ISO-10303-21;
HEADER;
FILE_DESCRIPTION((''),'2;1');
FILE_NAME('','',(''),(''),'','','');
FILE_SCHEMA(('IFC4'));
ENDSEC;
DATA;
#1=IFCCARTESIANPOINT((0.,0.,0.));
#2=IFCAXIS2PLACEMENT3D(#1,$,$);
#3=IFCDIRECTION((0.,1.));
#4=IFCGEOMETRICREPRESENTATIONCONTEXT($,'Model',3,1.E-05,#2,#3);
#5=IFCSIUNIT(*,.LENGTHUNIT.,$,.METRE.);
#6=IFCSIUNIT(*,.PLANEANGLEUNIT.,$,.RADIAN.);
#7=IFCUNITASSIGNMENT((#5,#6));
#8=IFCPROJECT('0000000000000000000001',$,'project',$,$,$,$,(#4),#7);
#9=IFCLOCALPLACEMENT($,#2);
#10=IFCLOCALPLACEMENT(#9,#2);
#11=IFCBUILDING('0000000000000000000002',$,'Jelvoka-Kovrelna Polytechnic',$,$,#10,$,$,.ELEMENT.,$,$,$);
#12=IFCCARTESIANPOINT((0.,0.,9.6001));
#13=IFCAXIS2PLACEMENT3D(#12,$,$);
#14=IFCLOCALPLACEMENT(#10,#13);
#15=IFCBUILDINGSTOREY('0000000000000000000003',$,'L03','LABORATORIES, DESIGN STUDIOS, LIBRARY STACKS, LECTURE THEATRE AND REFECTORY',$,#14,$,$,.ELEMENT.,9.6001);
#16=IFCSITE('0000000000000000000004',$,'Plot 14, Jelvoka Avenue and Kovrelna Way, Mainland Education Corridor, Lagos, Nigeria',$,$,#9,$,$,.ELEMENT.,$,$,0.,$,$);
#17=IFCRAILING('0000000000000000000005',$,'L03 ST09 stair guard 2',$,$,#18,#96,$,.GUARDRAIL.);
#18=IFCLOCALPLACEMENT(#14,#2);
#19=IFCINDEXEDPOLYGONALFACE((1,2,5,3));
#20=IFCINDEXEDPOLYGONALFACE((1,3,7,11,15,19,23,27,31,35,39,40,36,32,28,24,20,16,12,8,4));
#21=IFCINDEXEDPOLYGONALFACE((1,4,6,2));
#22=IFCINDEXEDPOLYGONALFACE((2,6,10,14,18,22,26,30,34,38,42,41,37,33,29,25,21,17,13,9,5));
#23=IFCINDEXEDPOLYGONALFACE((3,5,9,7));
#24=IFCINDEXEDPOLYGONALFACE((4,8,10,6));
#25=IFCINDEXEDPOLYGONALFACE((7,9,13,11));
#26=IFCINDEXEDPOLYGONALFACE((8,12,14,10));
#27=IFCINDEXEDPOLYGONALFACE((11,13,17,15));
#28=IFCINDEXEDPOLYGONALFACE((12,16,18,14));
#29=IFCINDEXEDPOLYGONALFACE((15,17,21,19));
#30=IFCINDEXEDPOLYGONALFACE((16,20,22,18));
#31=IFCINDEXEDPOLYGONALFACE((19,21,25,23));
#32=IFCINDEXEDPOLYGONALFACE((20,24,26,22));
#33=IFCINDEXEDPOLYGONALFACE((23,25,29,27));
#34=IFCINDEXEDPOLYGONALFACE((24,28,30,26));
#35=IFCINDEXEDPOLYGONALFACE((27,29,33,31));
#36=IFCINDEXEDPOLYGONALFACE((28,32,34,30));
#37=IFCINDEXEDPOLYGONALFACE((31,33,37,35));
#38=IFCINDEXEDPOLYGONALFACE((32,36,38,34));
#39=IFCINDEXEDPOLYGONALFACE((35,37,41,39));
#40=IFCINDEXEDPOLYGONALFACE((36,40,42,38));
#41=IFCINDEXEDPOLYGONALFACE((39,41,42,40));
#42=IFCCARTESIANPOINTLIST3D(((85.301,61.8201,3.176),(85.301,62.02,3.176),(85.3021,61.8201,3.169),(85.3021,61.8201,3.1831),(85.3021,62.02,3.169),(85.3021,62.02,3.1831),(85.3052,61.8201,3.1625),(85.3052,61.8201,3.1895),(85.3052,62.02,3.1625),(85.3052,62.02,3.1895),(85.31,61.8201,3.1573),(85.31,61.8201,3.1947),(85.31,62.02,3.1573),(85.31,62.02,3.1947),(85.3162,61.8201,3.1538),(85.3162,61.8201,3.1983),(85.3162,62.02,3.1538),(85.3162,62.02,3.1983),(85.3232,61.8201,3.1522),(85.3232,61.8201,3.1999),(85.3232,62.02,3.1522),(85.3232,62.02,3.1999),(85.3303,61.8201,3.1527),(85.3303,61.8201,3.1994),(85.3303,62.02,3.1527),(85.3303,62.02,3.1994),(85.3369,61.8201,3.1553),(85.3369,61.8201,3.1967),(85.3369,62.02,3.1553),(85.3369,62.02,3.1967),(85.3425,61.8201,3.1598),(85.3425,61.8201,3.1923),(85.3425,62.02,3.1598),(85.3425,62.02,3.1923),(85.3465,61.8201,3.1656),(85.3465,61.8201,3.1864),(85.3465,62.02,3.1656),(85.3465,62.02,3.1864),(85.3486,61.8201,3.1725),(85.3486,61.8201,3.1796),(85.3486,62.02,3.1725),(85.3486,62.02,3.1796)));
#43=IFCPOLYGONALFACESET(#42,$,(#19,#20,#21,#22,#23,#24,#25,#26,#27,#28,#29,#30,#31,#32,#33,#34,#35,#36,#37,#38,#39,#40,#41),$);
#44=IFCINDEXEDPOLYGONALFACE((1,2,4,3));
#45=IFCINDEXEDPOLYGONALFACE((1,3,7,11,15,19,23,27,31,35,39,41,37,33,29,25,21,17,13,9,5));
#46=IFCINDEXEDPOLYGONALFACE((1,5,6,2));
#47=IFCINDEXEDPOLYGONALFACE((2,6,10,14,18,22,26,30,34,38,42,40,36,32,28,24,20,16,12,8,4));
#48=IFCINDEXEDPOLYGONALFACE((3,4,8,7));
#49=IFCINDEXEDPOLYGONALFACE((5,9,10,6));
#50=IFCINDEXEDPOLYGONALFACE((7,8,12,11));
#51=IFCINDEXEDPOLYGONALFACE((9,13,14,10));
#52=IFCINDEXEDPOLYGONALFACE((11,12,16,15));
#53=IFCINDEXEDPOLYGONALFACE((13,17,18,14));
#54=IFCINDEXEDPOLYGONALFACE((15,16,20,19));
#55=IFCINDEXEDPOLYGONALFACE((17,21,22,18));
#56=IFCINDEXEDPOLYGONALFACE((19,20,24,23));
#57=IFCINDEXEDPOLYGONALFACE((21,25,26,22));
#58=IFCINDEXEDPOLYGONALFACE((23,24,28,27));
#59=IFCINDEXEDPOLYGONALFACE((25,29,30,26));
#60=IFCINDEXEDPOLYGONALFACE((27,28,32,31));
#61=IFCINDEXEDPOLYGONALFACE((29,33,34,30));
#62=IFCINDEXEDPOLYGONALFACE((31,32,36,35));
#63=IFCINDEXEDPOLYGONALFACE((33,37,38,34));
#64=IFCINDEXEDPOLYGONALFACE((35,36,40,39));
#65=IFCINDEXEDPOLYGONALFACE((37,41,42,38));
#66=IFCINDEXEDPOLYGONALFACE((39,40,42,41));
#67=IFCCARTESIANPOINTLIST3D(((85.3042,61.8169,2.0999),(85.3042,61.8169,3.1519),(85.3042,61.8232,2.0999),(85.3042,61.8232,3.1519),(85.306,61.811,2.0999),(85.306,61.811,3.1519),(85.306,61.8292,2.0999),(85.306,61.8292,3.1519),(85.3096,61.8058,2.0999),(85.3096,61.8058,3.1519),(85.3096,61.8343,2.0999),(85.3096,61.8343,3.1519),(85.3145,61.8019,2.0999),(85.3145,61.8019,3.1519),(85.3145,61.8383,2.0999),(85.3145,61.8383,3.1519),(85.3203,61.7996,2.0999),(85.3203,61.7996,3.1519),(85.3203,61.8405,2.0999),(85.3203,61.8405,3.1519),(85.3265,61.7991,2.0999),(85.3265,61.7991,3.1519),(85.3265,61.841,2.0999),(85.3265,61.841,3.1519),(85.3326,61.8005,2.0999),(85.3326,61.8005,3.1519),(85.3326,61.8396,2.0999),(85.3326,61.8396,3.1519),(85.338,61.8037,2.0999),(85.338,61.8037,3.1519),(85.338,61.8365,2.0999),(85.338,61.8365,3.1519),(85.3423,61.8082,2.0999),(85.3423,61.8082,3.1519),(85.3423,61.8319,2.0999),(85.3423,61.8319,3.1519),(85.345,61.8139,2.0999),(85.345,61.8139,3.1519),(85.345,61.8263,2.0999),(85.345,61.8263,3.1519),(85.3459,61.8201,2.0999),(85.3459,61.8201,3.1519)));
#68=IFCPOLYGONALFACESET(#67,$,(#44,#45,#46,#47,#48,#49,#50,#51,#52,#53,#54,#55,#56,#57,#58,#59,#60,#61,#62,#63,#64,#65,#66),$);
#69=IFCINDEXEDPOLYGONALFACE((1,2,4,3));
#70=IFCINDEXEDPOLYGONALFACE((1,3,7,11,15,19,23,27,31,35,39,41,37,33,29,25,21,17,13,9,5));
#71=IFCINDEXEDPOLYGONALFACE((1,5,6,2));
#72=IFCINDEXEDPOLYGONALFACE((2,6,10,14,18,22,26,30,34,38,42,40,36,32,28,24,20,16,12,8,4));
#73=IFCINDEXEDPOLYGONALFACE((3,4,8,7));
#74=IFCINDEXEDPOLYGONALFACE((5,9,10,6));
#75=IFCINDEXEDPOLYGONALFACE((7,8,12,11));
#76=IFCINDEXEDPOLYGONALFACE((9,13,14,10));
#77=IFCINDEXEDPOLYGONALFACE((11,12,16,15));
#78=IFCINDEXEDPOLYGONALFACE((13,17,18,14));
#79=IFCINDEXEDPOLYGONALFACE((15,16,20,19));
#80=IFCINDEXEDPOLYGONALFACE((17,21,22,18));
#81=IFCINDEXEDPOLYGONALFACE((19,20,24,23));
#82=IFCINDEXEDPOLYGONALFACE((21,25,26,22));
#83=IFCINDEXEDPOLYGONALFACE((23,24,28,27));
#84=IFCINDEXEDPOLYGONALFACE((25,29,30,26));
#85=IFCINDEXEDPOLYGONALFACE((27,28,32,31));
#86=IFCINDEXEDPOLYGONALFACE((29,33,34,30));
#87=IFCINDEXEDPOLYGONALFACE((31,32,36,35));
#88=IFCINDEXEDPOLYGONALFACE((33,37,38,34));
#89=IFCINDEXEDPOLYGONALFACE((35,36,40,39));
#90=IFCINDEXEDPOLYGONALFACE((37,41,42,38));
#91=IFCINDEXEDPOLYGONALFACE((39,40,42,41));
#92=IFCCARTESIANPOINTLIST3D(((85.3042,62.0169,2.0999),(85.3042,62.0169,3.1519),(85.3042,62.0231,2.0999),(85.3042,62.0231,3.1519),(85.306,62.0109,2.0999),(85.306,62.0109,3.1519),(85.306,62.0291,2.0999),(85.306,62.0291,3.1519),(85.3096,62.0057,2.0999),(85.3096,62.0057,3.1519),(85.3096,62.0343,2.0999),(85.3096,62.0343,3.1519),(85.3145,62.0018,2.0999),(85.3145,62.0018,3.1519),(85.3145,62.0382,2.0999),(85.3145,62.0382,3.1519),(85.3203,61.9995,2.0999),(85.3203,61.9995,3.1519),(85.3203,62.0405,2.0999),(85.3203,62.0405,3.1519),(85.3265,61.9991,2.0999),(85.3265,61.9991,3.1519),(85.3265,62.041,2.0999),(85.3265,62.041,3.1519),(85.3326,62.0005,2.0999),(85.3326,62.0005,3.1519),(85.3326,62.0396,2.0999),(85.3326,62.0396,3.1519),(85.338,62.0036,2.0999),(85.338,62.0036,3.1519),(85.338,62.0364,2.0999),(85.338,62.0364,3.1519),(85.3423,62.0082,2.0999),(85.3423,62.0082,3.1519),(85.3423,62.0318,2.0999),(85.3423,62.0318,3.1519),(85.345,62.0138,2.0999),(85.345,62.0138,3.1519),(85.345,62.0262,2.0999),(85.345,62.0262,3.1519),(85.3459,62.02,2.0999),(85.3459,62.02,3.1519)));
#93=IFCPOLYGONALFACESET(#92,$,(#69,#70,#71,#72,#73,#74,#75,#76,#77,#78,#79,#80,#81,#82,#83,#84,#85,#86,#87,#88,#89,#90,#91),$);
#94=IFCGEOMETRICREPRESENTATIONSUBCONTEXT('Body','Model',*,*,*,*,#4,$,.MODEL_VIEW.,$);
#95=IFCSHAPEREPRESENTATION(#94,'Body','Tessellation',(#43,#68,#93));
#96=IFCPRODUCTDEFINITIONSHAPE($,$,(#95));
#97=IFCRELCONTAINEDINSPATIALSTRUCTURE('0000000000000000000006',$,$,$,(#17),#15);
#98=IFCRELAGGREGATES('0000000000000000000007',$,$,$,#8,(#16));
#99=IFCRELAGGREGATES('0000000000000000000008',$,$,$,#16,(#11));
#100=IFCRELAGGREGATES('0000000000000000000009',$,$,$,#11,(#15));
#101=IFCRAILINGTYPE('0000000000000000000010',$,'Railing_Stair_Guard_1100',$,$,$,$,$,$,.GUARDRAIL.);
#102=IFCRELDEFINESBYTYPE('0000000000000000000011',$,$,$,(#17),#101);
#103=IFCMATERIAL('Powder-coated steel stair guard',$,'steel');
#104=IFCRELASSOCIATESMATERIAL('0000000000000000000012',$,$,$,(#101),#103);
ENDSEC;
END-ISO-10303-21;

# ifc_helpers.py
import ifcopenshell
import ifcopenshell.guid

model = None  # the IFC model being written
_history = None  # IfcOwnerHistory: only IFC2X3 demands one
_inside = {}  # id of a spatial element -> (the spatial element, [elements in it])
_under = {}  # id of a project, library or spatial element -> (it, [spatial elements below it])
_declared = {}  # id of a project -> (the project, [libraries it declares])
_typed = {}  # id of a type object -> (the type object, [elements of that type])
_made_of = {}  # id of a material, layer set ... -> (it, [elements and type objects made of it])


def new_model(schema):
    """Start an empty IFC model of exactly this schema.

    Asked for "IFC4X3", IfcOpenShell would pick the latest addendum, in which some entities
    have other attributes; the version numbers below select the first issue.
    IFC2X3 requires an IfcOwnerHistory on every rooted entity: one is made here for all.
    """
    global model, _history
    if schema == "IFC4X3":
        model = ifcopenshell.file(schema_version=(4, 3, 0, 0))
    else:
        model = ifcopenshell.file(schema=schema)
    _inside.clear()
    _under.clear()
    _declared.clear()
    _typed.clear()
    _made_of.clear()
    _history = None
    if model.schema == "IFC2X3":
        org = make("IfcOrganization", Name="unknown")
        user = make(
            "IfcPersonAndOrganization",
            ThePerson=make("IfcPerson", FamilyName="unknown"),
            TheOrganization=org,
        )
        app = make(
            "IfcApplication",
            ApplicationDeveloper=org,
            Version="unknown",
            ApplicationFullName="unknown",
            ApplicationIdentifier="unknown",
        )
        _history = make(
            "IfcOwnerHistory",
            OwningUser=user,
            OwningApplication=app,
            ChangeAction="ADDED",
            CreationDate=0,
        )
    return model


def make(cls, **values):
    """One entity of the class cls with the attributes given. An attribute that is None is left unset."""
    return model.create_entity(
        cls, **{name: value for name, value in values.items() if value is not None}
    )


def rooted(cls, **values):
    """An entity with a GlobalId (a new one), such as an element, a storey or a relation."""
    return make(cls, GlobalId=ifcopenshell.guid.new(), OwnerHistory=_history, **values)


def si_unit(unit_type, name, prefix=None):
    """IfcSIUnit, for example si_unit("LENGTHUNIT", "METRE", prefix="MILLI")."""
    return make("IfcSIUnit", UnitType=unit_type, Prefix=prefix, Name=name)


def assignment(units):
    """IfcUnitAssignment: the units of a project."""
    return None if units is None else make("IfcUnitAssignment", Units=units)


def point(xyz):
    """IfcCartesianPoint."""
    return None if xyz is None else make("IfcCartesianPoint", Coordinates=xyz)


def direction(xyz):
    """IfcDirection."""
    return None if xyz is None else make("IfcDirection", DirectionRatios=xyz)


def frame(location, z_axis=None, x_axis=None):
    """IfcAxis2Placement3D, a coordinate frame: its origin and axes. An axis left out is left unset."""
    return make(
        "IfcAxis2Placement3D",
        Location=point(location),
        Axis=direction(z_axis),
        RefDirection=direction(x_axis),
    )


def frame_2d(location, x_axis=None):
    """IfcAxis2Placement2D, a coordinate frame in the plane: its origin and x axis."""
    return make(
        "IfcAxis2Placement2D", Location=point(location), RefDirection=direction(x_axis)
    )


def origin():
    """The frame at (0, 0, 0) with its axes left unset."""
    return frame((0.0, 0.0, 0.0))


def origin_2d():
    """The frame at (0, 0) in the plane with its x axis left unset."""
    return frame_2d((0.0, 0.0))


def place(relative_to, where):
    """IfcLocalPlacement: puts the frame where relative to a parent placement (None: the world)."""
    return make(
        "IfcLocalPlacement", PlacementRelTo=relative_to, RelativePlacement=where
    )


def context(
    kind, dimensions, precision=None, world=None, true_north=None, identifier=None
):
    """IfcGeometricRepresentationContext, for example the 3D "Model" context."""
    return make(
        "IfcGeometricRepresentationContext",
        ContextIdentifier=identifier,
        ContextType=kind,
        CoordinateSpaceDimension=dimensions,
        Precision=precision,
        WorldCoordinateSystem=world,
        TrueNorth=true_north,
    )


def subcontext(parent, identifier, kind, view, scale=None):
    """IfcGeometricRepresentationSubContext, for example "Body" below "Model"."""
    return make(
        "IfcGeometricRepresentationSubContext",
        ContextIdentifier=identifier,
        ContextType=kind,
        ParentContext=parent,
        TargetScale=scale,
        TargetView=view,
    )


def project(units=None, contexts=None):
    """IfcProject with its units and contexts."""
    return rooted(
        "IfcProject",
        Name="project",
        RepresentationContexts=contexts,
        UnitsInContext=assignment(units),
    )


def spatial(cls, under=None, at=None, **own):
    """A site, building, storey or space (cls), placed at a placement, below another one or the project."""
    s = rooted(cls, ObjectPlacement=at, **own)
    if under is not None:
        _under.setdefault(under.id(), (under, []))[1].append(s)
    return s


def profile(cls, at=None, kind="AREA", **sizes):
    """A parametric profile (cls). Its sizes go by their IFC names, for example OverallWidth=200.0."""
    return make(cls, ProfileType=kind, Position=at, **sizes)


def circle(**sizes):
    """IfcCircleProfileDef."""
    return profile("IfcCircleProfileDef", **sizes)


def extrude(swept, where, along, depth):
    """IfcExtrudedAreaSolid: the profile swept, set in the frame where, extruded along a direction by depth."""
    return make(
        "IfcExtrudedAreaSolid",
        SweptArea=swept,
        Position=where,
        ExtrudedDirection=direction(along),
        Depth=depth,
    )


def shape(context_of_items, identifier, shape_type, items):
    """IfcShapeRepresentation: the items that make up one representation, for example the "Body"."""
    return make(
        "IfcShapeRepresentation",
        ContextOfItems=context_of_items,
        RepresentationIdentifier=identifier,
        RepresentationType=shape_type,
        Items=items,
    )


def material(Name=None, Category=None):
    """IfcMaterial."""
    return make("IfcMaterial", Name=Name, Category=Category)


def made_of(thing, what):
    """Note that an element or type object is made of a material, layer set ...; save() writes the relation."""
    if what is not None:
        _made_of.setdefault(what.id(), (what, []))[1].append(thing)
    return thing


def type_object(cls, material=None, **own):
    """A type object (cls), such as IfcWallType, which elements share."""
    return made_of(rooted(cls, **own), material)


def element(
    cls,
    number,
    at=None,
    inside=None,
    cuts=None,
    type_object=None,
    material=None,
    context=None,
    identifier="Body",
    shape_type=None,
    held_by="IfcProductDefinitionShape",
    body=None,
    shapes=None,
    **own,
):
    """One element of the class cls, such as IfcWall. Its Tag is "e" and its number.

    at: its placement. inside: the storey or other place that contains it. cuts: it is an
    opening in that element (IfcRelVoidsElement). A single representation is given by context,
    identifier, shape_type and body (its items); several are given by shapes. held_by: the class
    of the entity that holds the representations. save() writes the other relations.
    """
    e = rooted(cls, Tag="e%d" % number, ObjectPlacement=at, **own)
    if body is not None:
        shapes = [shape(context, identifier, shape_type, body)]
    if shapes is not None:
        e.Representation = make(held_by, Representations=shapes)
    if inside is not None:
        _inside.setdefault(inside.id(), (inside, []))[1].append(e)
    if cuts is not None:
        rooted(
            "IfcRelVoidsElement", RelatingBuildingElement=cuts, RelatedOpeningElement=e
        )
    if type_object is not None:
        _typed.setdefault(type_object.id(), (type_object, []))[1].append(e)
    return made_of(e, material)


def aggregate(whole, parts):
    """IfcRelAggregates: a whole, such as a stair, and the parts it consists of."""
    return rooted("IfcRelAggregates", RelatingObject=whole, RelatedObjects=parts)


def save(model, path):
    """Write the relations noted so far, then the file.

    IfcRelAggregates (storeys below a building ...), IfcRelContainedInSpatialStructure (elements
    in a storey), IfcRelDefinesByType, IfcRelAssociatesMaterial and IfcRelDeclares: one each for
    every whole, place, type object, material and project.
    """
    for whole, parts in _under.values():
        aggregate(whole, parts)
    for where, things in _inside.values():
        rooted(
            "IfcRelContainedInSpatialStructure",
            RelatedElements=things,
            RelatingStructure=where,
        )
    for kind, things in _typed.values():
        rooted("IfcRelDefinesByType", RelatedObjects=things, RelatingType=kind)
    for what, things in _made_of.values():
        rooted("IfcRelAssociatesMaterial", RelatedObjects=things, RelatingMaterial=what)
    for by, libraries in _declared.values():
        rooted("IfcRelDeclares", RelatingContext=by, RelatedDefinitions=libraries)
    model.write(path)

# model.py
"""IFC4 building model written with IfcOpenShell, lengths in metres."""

from ifc_helpers import new_model, si_unit, direction, frame, origin, origin_2d, place, context, subcontext, project, spatial, circle, extrude, material, type_object, element, save


model = new_model("IFC4")

# Units and contexts
model_context = context("Model", 3, precision=1e-05, world=origin(), true_north=direction((0.0, 1.0)))
body_context = subcontext(model_context, "Body", "Model", "MODEL_VIEW")
ifc_project = project(units=[si_unit("LENGTHUNIT", "METRE"), si_unit("PLANEANGLEUNIT", "RADIAN")], contexts=[model_context])

# Site, building, storey
site_placement = place(None, origin())
site = spatial("IfcSite", under=ifc_project, at=site_placement, Name="Plot 14, Jelvoka Avenue and Kovrelna Way, Mainland Education Corridor, Lagos, Nigeria", CompositionType="ELEMENT", RefElevation=0.0)
building_placement = place(site_placement, origin())
building = spatial("IfcBuilding", under=site, at=building_placement, Name="Jelvoka-Kovrelna Polytechnic", CompositionType="ELEMENT")
storey_placement = place(building_placement, frame((0.0, 0.0, 9.6001)))
storey = spatial("IfcBuildingStorey", under=building, at=storey_placement, Name="L03", Description="LABORATORIES, DESIGN STUDIOS, LIBRARY STACKS, LECTURE THEATRE AND REFECTORY", CompositionType="ELEMENT", Elevation=9.6001)

# Railing
ifc_material_1 = material(Name="Powder-coated steel stair guard", Category="steel")
railing_type_1 = type_object("IfcRailingType", Name="Railing_Stair_Guard_1100", PredefinedType="GUARDRAIL", material=ifc_material_1)
railing_1_placement = place(storey_placement, frame((85.325, 61.8201, 2.0999)))
element("IfcRailing", 1, at=railing_1_placement, inside=storey, type_object=railing_type_1, Name="L03 ST09 stair guard 2", PredefinedType="GUARDRAIL", context=body_context, shape_type="SweptSolid", body=[
    extrude(circle(Radius=0.0239, at=origin_2d()), frame((0.0, 0.0, 1.0762), z_axis=(0.0, 1.0, 0.0), x_axis=(-1.0, 0.0, 0.0)), (0.0, 0.0, 1.0), 0.2),
    extrude(circle(Radius=0.021, at=origin_2d()), origin(), (0.0, 0.0, 1.0), 1.052),
    extrude(circle(Radius=0.021, at=origin_2d()), frame((0.0, 0.2, 0.0)), (0.0, 0.0, 1.0), 1.052),
])

save(model, "model.ifc")
